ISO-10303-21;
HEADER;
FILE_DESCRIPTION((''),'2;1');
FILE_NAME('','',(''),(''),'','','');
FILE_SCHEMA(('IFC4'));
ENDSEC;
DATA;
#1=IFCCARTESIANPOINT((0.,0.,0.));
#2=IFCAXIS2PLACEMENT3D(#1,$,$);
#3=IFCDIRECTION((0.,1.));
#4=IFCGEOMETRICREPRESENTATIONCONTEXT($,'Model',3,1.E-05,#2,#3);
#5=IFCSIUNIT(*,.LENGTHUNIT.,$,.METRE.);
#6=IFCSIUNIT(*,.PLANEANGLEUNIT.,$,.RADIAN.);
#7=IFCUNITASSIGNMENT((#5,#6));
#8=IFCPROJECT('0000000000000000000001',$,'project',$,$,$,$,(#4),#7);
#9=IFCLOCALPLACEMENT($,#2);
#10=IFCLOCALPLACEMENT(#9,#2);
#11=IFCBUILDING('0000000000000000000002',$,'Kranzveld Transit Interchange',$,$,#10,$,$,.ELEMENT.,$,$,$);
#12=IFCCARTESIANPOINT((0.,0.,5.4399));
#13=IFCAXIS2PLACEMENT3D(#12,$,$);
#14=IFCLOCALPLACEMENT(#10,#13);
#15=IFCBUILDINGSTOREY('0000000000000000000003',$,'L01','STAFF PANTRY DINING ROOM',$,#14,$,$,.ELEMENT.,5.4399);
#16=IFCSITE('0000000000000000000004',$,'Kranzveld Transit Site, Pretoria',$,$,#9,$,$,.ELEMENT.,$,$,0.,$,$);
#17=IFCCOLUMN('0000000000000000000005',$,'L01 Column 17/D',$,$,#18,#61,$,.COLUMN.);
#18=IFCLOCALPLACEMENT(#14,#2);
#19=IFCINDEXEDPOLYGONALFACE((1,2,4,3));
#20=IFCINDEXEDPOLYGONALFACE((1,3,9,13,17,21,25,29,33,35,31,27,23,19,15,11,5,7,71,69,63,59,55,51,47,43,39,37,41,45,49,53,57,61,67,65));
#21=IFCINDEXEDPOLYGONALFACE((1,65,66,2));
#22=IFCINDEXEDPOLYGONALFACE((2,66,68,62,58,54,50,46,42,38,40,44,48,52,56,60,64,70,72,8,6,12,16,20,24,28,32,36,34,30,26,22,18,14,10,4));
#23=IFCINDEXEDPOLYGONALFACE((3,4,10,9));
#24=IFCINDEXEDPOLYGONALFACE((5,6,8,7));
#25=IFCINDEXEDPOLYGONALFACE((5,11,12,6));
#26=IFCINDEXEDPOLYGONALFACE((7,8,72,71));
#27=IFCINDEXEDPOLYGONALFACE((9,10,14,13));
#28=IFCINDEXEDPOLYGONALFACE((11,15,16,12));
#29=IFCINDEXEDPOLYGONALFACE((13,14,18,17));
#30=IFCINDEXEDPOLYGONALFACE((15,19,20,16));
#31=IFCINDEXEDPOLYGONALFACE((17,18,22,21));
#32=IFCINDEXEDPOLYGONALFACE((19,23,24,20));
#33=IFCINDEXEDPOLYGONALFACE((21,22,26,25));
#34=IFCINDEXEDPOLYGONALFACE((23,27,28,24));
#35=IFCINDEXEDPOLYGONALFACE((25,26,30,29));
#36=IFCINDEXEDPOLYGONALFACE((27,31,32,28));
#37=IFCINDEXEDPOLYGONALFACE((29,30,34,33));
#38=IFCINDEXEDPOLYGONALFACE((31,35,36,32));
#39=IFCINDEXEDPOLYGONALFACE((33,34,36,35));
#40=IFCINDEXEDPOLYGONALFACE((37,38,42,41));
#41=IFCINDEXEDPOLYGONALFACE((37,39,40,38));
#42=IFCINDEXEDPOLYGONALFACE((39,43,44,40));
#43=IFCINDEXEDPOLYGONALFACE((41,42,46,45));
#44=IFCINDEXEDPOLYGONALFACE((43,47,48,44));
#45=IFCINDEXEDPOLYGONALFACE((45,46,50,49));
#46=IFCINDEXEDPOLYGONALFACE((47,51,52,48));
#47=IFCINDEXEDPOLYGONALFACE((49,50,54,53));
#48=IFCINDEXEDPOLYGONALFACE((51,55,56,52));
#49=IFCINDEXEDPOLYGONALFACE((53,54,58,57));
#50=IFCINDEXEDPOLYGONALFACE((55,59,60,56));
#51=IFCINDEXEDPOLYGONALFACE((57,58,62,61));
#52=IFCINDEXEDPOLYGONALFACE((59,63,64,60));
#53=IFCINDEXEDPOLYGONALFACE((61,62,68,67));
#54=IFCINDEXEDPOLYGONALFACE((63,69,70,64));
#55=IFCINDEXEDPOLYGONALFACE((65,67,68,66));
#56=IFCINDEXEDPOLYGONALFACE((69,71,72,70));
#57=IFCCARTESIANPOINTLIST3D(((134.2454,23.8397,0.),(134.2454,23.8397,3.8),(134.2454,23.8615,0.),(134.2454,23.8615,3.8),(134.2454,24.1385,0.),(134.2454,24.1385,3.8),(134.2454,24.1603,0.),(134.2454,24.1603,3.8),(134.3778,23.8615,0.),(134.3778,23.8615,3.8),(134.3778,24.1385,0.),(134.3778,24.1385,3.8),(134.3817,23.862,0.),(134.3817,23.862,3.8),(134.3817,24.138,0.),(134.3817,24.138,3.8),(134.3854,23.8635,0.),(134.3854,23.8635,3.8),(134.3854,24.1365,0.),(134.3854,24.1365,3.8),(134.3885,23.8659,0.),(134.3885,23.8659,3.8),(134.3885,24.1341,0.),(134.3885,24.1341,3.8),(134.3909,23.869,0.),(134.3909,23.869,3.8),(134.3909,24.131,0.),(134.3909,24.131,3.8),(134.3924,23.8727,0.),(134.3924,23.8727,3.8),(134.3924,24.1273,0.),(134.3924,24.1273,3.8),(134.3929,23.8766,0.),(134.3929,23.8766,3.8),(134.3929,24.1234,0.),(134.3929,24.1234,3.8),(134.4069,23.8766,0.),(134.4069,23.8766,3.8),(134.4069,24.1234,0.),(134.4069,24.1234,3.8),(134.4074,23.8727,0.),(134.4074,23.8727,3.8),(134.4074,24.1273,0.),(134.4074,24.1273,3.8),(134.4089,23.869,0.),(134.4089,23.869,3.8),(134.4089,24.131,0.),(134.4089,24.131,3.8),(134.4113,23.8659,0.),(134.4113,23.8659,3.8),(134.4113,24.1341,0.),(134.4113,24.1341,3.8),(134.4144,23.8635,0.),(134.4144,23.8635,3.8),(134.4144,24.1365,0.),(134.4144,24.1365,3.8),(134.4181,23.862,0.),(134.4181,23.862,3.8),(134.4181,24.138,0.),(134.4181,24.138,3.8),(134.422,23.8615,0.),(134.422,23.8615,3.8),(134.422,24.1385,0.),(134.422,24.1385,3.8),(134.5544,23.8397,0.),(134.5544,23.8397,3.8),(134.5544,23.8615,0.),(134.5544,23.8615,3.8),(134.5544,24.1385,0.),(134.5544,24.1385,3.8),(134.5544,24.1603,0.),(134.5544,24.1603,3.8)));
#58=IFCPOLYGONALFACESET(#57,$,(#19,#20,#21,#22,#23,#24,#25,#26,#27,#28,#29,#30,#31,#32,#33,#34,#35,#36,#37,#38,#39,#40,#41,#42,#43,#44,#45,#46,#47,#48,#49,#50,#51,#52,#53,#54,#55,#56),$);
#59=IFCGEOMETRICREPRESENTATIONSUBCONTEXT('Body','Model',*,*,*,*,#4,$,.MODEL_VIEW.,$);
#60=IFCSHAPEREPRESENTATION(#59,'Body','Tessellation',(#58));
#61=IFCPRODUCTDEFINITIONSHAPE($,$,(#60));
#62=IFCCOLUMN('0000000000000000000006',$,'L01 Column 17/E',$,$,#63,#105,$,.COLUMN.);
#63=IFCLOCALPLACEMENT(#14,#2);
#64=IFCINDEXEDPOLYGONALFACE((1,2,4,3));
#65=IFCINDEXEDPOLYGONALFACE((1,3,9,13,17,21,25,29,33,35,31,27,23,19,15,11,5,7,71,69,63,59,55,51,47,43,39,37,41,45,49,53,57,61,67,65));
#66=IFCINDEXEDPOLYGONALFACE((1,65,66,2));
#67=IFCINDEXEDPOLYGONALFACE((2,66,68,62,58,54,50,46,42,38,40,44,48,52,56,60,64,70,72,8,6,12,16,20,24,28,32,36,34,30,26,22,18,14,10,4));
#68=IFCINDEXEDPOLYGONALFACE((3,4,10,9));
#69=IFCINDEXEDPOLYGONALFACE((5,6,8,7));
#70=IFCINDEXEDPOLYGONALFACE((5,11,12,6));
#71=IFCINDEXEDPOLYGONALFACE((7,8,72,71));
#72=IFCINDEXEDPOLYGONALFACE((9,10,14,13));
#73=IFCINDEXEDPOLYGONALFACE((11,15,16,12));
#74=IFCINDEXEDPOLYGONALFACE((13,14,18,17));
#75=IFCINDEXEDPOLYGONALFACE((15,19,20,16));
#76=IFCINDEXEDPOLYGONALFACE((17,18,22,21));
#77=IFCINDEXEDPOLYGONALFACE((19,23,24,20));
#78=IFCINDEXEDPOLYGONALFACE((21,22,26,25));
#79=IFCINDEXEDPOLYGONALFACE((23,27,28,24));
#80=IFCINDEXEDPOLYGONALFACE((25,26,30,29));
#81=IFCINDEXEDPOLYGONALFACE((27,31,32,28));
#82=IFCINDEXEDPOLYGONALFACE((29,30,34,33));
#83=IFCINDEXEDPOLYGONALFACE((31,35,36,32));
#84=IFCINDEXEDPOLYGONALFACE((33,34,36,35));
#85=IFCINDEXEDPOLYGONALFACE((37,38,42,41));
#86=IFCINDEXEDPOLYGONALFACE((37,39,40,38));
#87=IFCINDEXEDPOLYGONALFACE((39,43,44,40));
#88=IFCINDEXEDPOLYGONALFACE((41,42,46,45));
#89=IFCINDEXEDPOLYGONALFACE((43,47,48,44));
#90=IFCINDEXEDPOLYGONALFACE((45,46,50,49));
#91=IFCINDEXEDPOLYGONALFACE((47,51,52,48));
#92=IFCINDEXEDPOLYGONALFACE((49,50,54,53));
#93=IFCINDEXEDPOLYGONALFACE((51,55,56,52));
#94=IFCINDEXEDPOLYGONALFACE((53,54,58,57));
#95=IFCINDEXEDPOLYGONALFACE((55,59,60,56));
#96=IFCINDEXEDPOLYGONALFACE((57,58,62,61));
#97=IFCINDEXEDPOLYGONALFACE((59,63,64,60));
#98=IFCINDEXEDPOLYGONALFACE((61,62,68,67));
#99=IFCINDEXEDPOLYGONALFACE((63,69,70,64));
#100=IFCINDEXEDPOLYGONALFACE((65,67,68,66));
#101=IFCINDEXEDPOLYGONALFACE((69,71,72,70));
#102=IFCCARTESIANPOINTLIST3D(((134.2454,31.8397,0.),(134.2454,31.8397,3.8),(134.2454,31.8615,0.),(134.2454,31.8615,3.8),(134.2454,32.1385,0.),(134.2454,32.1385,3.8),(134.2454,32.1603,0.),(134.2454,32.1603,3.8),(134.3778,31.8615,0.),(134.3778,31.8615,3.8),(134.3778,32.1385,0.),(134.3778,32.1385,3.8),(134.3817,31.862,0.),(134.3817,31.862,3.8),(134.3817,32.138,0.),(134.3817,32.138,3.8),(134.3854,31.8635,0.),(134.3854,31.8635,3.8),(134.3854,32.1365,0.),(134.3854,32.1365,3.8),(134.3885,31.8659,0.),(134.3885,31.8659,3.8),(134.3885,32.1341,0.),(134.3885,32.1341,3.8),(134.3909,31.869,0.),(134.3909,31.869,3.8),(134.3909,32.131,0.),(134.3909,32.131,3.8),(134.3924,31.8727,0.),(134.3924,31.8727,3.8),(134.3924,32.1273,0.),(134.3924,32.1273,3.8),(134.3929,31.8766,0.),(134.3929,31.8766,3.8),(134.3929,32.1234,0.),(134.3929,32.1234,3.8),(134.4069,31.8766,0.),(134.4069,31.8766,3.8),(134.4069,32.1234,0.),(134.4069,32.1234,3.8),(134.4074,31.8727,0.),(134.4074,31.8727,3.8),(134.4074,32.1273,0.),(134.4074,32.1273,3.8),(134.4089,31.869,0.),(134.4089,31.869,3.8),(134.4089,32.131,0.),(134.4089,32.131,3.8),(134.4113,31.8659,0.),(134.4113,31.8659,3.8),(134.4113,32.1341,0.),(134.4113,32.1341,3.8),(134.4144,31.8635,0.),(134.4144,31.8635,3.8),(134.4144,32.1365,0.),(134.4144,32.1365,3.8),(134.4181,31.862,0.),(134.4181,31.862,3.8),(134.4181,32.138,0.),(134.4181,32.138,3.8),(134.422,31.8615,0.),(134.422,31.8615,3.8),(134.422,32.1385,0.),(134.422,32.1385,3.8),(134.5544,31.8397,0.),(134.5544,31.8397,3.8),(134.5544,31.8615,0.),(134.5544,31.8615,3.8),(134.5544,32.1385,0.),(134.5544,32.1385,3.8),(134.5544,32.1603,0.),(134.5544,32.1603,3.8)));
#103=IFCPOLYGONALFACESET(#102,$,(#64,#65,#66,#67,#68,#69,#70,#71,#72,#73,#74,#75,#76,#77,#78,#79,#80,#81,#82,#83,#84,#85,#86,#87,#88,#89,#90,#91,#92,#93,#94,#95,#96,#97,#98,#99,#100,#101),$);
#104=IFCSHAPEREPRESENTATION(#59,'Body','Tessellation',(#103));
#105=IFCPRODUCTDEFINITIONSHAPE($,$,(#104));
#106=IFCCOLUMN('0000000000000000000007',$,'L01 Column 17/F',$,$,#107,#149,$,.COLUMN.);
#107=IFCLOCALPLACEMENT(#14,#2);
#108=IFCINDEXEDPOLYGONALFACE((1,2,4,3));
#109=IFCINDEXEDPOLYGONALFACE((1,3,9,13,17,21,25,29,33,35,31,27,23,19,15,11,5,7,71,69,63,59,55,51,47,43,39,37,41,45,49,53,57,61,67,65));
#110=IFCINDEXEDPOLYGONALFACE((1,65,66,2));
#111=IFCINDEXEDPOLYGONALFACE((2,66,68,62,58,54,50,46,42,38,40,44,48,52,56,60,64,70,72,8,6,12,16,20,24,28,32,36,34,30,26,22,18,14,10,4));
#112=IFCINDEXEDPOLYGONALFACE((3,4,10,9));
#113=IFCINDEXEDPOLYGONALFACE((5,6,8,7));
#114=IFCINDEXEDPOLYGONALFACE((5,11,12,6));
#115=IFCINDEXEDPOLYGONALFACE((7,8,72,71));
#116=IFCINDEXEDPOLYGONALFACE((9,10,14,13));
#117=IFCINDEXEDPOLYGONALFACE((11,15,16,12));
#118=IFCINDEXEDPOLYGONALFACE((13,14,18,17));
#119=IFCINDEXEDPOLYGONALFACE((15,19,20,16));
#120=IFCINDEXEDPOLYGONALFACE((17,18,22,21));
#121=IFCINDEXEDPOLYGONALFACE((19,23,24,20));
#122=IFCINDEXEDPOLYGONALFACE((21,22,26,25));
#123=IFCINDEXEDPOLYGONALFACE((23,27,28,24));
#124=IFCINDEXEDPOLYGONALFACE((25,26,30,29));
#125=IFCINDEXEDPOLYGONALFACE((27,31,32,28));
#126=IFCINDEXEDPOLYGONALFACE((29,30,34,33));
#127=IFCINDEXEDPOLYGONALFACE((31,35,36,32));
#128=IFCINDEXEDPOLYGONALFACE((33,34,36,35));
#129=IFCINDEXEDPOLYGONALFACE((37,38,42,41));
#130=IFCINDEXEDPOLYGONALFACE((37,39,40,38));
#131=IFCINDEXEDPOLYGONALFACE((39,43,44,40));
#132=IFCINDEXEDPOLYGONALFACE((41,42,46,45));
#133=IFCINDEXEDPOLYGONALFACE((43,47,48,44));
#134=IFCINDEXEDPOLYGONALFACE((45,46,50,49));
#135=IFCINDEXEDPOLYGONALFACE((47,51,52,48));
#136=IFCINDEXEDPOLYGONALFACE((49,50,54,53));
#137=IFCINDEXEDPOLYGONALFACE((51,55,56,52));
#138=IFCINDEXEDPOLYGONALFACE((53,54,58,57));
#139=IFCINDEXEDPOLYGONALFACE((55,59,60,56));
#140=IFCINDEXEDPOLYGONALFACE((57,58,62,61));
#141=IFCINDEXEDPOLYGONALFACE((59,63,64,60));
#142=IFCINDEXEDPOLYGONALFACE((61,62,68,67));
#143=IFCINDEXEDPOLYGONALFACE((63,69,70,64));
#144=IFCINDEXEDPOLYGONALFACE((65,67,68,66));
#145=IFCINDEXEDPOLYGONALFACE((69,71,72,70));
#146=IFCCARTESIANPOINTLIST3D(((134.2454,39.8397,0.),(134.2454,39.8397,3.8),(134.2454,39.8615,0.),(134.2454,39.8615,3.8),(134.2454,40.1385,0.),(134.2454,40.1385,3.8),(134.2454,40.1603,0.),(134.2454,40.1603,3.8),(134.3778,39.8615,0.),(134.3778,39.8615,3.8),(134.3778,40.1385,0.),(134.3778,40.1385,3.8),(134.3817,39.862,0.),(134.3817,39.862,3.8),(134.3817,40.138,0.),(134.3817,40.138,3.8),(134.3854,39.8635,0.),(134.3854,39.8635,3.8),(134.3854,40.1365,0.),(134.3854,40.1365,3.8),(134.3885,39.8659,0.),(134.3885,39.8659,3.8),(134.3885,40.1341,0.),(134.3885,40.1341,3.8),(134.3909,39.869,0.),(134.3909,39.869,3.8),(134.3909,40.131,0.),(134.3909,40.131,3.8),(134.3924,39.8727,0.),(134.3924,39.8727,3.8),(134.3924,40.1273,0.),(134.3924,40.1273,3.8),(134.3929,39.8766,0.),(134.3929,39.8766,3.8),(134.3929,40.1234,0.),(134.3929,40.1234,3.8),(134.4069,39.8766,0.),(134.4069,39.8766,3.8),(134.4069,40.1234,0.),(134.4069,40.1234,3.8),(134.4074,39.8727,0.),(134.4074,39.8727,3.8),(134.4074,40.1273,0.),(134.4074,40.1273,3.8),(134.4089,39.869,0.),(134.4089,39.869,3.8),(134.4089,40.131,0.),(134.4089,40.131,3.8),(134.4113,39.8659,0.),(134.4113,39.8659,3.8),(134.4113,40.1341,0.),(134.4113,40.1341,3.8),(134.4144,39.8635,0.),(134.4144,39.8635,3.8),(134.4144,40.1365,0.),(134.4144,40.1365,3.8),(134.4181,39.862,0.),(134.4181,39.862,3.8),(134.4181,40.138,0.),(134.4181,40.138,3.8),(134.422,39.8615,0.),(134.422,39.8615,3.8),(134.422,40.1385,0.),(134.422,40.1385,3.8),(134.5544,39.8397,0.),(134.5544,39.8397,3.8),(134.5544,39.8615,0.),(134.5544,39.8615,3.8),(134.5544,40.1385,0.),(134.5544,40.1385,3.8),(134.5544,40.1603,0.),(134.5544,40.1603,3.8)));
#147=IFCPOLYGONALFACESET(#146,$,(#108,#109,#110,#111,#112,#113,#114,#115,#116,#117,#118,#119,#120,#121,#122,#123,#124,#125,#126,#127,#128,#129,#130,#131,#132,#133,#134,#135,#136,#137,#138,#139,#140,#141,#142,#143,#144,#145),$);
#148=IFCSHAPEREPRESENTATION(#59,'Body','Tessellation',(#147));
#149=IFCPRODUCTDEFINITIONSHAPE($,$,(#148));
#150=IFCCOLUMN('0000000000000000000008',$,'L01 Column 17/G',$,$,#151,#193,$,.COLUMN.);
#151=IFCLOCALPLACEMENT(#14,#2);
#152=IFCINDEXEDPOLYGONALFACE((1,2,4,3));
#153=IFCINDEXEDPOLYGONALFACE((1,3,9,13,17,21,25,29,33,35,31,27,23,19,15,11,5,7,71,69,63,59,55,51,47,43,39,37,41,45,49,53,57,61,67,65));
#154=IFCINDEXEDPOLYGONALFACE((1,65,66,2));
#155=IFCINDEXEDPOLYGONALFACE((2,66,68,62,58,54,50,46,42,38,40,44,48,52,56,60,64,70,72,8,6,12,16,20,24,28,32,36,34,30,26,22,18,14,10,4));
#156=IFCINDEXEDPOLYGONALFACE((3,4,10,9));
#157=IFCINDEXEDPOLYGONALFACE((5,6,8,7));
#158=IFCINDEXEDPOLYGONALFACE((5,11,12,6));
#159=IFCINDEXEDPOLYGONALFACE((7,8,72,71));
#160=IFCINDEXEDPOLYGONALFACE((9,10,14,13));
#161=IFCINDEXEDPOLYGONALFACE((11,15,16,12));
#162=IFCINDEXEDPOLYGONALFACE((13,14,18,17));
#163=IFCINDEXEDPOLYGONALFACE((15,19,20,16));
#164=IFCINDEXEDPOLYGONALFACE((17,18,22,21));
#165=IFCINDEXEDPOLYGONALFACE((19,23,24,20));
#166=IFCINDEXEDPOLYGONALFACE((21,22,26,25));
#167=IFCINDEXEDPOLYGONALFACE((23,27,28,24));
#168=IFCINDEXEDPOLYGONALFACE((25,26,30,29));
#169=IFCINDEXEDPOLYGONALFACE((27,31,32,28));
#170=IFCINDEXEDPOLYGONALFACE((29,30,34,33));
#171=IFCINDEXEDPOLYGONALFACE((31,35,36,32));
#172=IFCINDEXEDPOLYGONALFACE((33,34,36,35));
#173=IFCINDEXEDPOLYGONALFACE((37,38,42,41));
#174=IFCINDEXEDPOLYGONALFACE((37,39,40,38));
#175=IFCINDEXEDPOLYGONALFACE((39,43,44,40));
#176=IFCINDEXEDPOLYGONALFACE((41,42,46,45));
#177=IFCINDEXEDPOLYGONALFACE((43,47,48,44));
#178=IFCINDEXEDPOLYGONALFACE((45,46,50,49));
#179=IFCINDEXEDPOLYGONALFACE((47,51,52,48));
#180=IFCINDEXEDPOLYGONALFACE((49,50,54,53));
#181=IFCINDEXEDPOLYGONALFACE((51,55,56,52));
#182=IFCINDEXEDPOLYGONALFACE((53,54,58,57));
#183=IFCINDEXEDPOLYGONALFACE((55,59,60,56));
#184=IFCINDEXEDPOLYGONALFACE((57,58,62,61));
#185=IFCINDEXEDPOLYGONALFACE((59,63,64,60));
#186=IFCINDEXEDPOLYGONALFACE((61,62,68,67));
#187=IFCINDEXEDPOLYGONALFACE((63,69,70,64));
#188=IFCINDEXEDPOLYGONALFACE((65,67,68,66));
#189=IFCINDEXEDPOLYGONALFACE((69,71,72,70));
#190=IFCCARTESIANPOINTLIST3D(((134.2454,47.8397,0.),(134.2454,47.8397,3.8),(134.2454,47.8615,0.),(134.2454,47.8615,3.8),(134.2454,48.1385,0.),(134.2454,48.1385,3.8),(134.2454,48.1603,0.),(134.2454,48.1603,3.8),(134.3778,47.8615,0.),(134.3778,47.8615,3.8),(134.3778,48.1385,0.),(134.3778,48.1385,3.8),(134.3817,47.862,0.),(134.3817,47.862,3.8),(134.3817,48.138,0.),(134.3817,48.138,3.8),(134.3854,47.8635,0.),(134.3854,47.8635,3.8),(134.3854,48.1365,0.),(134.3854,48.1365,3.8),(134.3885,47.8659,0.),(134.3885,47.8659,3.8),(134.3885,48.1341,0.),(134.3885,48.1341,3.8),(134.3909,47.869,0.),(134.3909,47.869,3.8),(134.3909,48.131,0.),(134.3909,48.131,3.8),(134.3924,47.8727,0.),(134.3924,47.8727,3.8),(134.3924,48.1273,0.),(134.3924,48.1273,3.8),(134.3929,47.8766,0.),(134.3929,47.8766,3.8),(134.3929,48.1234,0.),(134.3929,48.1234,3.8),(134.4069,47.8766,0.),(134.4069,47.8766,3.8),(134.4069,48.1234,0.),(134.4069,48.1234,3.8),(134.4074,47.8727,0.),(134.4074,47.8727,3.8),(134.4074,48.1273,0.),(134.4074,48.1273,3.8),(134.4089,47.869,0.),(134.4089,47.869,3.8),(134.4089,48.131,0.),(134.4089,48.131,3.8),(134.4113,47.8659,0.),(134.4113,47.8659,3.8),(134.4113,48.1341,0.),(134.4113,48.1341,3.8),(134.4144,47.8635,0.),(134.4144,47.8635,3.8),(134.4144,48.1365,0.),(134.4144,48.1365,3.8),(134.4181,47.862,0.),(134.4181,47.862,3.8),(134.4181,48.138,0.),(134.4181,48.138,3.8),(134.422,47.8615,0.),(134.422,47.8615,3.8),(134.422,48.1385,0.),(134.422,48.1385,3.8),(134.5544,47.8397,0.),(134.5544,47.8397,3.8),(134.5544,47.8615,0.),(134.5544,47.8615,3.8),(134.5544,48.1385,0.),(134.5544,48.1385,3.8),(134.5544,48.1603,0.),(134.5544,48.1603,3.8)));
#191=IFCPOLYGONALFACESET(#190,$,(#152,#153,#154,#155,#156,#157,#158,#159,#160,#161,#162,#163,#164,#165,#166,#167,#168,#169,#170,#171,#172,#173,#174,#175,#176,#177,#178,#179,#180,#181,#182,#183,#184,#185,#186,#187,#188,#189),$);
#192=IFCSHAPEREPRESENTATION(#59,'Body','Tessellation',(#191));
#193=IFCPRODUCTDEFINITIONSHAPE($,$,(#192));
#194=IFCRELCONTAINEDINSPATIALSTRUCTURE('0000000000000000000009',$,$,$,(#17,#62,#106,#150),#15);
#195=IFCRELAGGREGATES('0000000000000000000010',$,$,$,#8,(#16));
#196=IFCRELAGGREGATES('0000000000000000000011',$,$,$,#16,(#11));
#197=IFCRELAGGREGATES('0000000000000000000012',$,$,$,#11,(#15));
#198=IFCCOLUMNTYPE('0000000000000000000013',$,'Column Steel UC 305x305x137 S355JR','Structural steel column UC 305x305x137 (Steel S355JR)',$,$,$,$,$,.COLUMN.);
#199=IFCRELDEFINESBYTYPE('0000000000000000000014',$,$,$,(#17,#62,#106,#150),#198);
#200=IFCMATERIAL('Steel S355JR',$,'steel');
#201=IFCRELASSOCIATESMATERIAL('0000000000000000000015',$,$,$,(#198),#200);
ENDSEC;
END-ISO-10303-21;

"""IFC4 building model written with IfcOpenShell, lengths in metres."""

from ifc_helpers import new_model, si_unit, direction, frame, origin, origin_2d, place, context, subcontext, project, spatial, i_section, extrude, material, material_profile, profile_set, type_object, element, save


model = new_model("IFC4")

# Units and contexts
model_context = context("Model", 3, precision=1e-05, world=origin(), true_north=direction((0.0, 1.0)))
body_context = subcontext(model_context, "Body", "Model", "MODEL_VIEW")
ifc_project = project(units=[si_unit("LENGTHUNIT", "METRE"), si_unit("PLANEANGLEUNIT", "RADIAN")], contexts=[model_context])

# Site, building, storey
site_placement = place(None, origin())
site = spatial("IfcSite", under=ifc_project, at=site_placement, Name="Kranzveld Transit Site, Pretoria", CompositionType="ELEMENT", RefElevation=0.0)
building_placement = place(site_placement, origin())
building = spatial("IfcBuilding", under=site, at=building_placement, Name="Kranzveld Transit Interchange", CompositionType="ELEMENT")
storey_placement = place(building_placement, frame((0.0, 0.0, 5.4399)))
storey = spatial("IfcBuildingStorey", under=building, at=storey_placement, Name="L01", Description="STAFF PANTRY DINING ROOM", CompositionType="ELEMENT", Elevation=5.4399)

# Columns
ifc_material_1 = material(Name="Steel S355JR", Category="steel")
ifc_material_profile_1 = material_profile(ifc_material_1, i_section(OverallWidth=0.3091, OverallDepth=0.3206, WebThickness=0.0139, FlangeThickness=0.0217, FilletRadius=0.0151, at=origin_2d()), Name="UC 305x305x137")
ifc_profile_set_1 = profile_set([ifc_material_profile_1], Name="Steel S355JR")
column_type = type_object("IfcColumnType", Name="Column Steel UC 305x305x137 S355JR", Description="Structural steel column UC 305x305x137 (Steel S355JR)", PredefinedType="COLUMN", material=ifc_profile_set_1)
for number, where, z_axis, x_axis, name in (
    (1, (134.3999, 24.0, 0.0), (0.0, 0.0, 1.0), (1.0, 0.0, 0.0), "L01 Column 17/D"),
    (2, (134.3999, 32.0, 0.0), (0.0, 0.0, 1.0), (1.0, 0.0, 0.0), "L01 Column 17/E"),
    (3, (134.3999, 40.0, 0.0), (0.0, 0.0, 1.0), (1.0, 0.0, 0.0), "L01 Column 17/F"),
    (4, (134.3999, 48.0, 0.0), (0.0, 0.0, 1.0), (1.0, 0.0, 0.0), "L01 Column 17/G"),
):
    element("IfcColumn", number, at=place(storey_placement, frame(where, z_axis=z_axis, x_axis=x_axis)), inside=storey, type_object=column_type, Name=name, PredefinedType="COLUMN", context=body_context, shape_type="SweptSolid", body=[
        extrude(i_section(OverallWidth=0.3091, OverallDepth=0.3206, WebThickness=0.0139, FlangeThickness=0.0217, FilletRadius=0.0151, at=origin_2d()), origin(), (0.0, 0.0, 1.0), 3.8),
    ])

save(model, "model.ifc")
